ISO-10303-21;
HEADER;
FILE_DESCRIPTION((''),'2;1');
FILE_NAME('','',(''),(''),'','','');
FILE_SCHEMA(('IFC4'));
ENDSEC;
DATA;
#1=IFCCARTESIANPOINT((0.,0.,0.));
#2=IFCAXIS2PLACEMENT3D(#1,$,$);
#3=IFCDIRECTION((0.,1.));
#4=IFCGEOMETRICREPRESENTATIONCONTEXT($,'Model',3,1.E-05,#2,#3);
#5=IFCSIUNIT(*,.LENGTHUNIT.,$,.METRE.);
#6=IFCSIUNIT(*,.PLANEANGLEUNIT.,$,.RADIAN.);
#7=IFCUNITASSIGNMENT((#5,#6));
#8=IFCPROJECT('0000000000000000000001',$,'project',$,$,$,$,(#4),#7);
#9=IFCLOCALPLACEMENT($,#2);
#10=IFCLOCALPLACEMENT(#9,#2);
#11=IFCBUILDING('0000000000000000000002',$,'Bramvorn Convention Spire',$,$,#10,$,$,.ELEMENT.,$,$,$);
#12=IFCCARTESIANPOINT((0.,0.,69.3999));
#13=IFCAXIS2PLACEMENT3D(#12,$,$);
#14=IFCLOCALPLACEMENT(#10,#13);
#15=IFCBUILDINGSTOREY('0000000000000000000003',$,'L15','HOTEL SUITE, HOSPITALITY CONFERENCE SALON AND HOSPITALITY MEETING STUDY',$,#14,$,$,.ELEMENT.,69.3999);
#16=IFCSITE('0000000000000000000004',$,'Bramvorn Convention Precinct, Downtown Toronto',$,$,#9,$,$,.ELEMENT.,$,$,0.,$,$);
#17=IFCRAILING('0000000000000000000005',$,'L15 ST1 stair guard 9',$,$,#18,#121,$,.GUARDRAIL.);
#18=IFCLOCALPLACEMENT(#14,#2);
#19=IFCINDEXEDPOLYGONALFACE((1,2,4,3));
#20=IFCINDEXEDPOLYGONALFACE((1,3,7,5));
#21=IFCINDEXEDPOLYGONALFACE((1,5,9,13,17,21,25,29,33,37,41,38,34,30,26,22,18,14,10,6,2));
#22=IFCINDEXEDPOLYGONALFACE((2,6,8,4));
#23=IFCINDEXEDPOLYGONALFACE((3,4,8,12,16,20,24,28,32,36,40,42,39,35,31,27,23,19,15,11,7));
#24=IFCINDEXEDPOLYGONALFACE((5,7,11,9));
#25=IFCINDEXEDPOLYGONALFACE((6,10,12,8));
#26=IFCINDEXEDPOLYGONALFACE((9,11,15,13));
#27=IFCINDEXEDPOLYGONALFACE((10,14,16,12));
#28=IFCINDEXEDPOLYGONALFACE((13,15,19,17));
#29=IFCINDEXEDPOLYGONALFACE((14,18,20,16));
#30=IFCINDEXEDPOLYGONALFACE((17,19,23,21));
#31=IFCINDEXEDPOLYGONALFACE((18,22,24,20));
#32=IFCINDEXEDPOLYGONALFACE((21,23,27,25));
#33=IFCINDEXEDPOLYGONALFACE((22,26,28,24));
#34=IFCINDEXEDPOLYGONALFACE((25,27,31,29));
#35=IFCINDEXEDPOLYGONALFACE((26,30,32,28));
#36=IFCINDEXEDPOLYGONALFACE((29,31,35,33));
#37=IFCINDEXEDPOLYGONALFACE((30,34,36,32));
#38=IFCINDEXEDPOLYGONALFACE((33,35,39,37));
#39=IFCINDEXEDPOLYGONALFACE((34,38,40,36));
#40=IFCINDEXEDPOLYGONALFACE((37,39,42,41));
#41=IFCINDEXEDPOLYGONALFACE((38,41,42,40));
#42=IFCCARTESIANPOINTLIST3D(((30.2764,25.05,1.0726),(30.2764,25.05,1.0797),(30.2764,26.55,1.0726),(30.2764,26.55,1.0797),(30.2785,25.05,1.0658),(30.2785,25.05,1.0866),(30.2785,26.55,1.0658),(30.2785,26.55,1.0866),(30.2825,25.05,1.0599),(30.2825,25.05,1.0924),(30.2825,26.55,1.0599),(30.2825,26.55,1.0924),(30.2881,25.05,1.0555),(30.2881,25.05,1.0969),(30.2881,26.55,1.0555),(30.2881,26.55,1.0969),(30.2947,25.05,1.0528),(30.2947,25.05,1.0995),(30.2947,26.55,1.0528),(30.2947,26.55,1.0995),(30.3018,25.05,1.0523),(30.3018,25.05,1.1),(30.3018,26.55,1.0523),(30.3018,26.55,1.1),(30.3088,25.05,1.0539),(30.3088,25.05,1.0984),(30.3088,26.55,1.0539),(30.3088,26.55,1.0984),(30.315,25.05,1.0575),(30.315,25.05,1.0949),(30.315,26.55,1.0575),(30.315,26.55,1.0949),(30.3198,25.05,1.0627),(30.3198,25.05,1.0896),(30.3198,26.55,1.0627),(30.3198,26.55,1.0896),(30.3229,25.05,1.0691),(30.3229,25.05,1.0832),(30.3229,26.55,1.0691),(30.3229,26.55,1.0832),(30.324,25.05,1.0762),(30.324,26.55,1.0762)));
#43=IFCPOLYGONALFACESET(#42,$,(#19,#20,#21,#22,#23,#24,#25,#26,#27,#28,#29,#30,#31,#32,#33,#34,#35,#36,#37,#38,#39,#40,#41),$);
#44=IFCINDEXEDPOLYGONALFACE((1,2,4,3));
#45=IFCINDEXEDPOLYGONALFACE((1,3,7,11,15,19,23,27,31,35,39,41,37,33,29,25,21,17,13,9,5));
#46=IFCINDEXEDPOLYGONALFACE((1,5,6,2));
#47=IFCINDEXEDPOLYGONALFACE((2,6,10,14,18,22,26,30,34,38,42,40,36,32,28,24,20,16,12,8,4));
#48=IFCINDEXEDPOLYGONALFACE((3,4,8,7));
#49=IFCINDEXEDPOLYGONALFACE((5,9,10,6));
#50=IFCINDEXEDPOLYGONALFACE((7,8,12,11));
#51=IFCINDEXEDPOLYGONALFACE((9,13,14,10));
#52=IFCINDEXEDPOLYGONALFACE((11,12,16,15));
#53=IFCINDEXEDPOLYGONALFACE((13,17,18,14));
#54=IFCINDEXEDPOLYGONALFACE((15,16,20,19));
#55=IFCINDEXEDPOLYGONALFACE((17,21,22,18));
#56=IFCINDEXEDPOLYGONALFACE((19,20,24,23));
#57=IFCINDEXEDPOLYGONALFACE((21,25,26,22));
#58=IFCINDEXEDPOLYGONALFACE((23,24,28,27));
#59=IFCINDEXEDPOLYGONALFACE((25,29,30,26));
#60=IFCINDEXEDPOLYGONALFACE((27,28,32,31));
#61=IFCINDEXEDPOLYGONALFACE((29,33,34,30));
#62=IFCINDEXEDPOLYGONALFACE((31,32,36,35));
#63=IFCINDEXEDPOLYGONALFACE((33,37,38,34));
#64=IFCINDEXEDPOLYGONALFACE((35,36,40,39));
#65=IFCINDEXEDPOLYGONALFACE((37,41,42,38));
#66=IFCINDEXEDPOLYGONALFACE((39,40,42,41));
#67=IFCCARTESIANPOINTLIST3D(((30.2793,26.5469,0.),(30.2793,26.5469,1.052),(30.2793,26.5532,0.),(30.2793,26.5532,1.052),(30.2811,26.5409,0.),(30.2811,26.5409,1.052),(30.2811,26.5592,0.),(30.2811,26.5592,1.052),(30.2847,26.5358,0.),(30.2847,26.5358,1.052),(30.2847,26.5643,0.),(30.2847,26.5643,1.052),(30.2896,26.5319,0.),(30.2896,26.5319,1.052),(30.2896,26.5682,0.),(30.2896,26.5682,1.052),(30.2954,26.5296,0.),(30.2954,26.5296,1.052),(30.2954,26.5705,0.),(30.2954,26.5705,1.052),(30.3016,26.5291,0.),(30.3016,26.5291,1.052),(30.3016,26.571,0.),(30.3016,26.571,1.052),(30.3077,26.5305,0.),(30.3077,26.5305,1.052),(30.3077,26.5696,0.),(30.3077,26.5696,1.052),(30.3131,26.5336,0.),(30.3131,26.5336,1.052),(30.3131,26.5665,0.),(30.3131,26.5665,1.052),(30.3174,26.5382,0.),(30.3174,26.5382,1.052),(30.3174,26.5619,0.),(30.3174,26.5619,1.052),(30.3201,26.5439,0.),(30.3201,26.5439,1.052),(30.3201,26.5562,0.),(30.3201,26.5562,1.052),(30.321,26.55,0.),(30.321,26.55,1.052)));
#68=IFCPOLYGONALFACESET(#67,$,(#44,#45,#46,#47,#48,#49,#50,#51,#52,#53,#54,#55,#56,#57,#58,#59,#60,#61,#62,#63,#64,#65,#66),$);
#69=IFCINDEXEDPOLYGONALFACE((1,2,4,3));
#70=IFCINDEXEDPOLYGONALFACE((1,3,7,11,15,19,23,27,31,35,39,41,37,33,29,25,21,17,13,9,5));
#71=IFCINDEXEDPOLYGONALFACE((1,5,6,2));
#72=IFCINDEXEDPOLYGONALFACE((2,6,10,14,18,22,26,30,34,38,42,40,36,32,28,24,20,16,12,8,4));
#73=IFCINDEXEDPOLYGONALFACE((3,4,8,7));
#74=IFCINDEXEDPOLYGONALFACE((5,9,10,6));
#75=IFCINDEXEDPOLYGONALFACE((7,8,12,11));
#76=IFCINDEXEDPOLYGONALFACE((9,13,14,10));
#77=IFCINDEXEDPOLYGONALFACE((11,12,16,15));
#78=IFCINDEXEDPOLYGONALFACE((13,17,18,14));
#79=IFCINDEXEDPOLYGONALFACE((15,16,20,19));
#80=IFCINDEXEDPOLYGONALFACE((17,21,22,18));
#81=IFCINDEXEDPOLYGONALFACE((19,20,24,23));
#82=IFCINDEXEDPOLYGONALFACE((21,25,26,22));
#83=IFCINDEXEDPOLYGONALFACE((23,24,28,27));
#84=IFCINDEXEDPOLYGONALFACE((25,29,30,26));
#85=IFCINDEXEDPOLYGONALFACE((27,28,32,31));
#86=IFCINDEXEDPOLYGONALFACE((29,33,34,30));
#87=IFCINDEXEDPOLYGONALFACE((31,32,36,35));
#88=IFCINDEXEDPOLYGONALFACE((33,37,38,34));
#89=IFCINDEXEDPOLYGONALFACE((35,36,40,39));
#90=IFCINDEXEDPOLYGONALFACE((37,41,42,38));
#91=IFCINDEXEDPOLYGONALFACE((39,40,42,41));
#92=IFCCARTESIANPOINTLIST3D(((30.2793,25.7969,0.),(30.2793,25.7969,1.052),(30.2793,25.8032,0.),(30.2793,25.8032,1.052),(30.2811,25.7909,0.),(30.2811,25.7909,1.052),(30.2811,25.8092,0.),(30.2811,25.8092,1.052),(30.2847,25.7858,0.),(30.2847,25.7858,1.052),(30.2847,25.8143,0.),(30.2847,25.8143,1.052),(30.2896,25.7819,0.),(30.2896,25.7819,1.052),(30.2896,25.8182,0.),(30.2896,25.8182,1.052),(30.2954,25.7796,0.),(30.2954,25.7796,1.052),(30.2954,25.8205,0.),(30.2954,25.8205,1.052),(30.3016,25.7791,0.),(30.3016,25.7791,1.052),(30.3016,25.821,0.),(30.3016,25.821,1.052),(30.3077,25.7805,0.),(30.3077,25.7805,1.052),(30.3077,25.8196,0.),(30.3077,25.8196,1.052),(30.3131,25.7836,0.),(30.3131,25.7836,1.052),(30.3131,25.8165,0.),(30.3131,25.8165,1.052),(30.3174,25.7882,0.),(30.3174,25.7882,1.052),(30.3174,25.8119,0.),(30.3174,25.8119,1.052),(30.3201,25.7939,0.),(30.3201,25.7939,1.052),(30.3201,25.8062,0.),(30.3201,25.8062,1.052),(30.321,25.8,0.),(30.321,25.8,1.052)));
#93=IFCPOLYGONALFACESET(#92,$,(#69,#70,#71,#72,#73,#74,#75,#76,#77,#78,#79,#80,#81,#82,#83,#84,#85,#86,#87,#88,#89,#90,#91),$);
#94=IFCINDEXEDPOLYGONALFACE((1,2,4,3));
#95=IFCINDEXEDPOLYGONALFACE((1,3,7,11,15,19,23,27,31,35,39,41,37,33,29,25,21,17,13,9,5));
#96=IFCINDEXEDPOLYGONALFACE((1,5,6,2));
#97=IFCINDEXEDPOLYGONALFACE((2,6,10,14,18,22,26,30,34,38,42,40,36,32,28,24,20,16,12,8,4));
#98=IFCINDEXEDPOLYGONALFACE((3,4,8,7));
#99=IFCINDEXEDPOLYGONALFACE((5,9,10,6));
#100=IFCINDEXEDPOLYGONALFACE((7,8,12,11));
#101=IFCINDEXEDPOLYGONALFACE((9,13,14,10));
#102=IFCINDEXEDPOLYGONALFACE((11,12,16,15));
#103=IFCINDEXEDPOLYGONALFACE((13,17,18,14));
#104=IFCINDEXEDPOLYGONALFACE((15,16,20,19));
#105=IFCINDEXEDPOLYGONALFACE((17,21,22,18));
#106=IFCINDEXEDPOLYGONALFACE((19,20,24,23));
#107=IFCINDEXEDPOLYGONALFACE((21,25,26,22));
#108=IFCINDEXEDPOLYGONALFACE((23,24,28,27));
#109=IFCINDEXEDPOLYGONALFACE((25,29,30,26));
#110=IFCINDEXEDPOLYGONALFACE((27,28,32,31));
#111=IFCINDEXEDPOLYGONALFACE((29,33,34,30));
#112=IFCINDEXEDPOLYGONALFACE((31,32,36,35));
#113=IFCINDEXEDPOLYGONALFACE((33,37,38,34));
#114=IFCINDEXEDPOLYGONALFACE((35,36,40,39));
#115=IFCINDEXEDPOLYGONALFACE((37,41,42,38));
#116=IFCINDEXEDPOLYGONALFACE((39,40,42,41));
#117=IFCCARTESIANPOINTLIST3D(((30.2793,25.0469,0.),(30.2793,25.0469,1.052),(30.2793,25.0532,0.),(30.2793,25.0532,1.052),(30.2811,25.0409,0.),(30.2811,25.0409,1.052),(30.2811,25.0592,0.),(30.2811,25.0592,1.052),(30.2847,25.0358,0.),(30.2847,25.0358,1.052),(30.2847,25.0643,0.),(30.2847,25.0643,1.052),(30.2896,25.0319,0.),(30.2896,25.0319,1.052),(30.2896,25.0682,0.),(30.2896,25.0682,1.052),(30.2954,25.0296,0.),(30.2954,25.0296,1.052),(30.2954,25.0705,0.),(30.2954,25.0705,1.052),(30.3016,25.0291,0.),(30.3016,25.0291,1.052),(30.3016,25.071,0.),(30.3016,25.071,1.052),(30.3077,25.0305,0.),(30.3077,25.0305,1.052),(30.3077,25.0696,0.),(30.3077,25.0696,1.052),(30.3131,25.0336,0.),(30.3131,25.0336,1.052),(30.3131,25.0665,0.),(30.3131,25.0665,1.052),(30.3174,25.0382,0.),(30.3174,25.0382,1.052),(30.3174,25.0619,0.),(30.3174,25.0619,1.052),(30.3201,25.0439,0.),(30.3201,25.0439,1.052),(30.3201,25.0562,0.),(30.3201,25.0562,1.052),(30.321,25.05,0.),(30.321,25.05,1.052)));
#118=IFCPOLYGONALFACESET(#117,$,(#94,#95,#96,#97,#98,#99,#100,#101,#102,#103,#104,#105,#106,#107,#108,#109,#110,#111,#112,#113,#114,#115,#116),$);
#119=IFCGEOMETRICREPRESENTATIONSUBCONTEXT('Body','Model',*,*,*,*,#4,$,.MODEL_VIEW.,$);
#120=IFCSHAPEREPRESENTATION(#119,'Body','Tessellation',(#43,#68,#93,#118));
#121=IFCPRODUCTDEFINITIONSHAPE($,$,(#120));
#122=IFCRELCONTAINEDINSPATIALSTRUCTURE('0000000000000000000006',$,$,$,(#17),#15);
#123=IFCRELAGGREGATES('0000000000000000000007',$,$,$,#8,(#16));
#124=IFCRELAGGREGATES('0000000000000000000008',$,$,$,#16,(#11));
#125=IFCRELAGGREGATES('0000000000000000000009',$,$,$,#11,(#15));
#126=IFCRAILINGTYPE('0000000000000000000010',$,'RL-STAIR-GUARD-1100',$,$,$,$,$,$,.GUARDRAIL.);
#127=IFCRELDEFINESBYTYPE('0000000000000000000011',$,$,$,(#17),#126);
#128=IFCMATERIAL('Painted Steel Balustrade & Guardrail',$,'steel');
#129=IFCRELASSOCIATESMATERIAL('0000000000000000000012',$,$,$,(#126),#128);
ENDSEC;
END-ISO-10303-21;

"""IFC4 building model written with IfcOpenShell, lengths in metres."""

from ifc_helpers import new_model, si_unit, direction, frame, origin, origin_2d, place, context, subcontext, project, spatial, circle, extrude, material, type_object, element, save


model = new_model("IFC4")

# Units and contexts
model_context = context("Model", 3, precision=1e-05, world=origin(), true_north=direction((0.0, 1.0)))
body_context = subcontext(model_context, "Body", "Model", "MODEL_VIEW")
ifc_project = project(units=[si_unit("LENGTHUNIT", "METRE"), si_unit("PLANEANGLEUNIT", "RADIAN")], contexts=[model_context])

# Site, building, storey
site_placement = place(None, origin())
site = spatial("IfcSite", under=ifc_project, at=site_placement, Name="Bramvorn Convention Precinct, Downtown Toronto", CompositionType="ELEMENT", RefElevation=0.0)
building_placement = place(site_placement, origin())
building = spatial("IfcBuilding", under=site, at=building_placement, Name="Bramvorn Convention Spire", CompositionType="ELEMENT")
storey_placement = place(building_placement, frame((0.0, 0.0, 69.3999)))
storey = spatial("IfcBuildingStorey", under=building, at=storey_placement, Name="L15", Description="HOTEL SUITE, HOSPITALITY CONFERENCE SALON AND HOSPITALITY MEETING STUDY", CompositionType="ELEMENT", Elevation=69.3999)

# Railing
ifc_material_1 = material(Name="Painted Steel Balustrade & Guardrail", Category="steel")
railing_type_1 = type_object("IfcRailingType", Name="RL-STAIR-GUARD-1100", PredefinedType="GUARDRAIL", material=ifc_material_1)
for number, where, name in (
    (1, (30.3, 26.55, 0.0), "L15 ST1 stair guard 9"),
):
    element("IfcRailing", number, at=place(storey_placement, frame(where)), inside=storey, type_object=railing_type_1, Name=name, PredefinedType="GUARDRAIL", context=body_context, shape_type="SweptSolid", body=[
        extrude(circle(Radius=0.0239, at=origin_2d()), frame((0.0, 0.0, 1.0762), z_axis=(0.0, -1.0, 0.0), x_axis=(1.0, 0.0, 0.0)), (0.0, 0.0, 1.0), 1.5),
        extrude(circle(Radius=0.021, at=origin_2d()), origin(), (0.0, 0.0, 1.0), 1.052),
        extrude(circle(Radius=0.021, at=origin_2d()), frame((0.0, -0.75, 0.0)), (0.0, 0.0, 1.0), 1.052),
        extrude(circle(Radius=0.021, at=origin_2d()), frame((0.0, -1.5, 0.0)), (0.0, 0.0, 1.0), 1.052),
    ])

save(model, "model.ifc")
